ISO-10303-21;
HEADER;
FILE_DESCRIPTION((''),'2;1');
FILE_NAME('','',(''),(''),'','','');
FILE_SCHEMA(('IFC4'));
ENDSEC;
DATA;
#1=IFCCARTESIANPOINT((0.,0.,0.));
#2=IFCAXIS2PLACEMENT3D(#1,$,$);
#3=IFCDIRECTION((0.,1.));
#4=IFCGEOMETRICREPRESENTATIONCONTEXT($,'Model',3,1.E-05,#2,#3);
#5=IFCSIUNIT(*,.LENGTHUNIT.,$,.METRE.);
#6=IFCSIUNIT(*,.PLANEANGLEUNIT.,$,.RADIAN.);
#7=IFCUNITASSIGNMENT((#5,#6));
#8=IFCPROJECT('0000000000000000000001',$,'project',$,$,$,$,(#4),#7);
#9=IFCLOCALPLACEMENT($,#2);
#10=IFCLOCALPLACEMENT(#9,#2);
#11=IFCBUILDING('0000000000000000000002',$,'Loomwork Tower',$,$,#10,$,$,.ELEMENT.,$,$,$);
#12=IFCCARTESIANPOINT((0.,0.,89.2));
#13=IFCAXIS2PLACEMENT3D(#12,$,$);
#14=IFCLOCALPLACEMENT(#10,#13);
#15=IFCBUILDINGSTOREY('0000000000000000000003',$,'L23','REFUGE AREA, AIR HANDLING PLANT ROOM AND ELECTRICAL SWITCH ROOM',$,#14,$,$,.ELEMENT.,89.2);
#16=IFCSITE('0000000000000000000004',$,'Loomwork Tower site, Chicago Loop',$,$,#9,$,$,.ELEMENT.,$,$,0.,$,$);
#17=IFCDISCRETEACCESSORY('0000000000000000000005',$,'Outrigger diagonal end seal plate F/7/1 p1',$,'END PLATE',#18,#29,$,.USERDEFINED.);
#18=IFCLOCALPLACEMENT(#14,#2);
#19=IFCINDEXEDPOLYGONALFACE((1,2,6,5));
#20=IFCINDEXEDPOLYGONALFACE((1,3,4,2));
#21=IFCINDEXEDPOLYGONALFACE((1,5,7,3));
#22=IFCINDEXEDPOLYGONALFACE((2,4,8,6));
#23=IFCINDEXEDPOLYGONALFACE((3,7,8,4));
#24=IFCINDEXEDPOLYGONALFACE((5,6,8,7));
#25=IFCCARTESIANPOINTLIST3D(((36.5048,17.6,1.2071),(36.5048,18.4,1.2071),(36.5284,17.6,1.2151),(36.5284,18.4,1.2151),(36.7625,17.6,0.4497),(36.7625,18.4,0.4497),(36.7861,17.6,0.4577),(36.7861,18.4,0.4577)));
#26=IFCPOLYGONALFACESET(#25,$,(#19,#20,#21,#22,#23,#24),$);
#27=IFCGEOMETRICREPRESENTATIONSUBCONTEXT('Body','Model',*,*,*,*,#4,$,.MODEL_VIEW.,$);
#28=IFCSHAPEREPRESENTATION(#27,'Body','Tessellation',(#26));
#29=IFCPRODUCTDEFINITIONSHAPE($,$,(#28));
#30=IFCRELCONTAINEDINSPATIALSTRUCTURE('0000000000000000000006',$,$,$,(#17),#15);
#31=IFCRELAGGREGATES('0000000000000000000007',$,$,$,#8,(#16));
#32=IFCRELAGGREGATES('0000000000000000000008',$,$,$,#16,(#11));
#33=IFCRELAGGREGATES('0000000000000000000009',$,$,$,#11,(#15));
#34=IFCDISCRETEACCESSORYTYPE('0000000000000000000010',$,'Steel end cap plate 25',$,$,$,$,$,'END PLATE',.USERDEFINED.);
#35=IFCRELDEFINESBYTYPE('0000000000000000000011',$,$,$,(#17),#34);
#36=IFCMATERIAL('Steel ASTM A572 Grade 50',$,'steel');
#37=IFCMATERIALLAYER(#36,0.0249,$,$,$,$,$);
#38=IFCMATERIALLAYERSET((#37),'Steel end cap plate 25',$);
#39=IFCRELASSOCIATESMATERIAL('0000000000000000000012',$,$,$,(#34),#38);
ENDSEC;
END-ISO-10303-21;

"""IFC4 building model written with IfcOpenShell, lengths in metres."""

from ifc_helpers import new_model, si_unit, direction, frame, origin, origin_2d, place, context, subcontext, project, spatial, rectangle, extrude, material, layer, layer_set, type_object, element, save


model = new_model("IFC4")

# Units and contexts
model_context = context("Model", 3, precision=1e-05, world=origin(), true_north=direction((0.0, 1.0)))
body_context = subcontext(model_context, "Body", "Model", "MODEL_VIEW")
ifc_project = project(units=[si_unit("LENGTHUNIT", "METRE"), si_unit("PLANEANGLEUNIT", "RADIAN")], contexts=[model_context])

# Site, building, storey
site_placement = place(None, origin())
site = spatial("IfcSite", under=ifc_project, at=site_placement, Name="Loomwork Tower site, Chicago Loop", CompositionType="ELEMENT", RefElevation=0.0)
building_placement = place(site_placement, origin())
building = spatial("IfcBuilding", under=site, at=building_placement, Name="Loomwork Tower", CompositionType="ELEMENT")
storey_placement = place(building_placement, frame((0.0, 0.0, 89.2)))
storey = spatial("IfcBuildingStorey", under=building, at=storey_placement, Name="L23", Description="REFUGE AREA, AIR HANDLING PLANT ROOM AND ELECTRICAL SWITCH ROOM", CompositionType="ELEMENT", Elevation=89.2)

# Discrete accessory
ifc_material_1 = material(Name="Steel ASTM A572 Grade 50", Category="steel")
ifc_layer_1 = layer(ifc_material_1, 0.0249)
ifc_layer_set_1 = layer_set([ifc_layer_1], Name="Steel end cap plate 25")
discrete_accessory_type = type_object("IfcDiscreteAccessoryType", Name="Steel end cap plate 25", ElementType="END PLATE", PredefinedType="USERDEFINED", material=ifc_layer_set_1)
for number, where, z_axis, x_axis, name in (
    (1, (36.6572, 18.0, 0.8364), (-0.946713, 0.0, -0.322078), (0.0, -1.0, 0.0), "Outrigger diagonal end seal plate F/7/1 p1"),
):
    element("IfcDiscreteAccessory", number, at=place(storey_placement, frame(where, z_axis=z_axis, x_axis=x_axis)), inside=storey, type_object=discrete_accessory_type, Name=name, ObjectType="END PLATE", PredefinedType="USERDEFINED", context=body_context, shape_type="SweptSolid", body=[
        extrude(rectangle(XDim=0.8, YDim=0.8, at=origin_2d()), origin(), (0.0, 0.0, 1.0), 0.0249),
    ])

save(model, "model.ifc")
